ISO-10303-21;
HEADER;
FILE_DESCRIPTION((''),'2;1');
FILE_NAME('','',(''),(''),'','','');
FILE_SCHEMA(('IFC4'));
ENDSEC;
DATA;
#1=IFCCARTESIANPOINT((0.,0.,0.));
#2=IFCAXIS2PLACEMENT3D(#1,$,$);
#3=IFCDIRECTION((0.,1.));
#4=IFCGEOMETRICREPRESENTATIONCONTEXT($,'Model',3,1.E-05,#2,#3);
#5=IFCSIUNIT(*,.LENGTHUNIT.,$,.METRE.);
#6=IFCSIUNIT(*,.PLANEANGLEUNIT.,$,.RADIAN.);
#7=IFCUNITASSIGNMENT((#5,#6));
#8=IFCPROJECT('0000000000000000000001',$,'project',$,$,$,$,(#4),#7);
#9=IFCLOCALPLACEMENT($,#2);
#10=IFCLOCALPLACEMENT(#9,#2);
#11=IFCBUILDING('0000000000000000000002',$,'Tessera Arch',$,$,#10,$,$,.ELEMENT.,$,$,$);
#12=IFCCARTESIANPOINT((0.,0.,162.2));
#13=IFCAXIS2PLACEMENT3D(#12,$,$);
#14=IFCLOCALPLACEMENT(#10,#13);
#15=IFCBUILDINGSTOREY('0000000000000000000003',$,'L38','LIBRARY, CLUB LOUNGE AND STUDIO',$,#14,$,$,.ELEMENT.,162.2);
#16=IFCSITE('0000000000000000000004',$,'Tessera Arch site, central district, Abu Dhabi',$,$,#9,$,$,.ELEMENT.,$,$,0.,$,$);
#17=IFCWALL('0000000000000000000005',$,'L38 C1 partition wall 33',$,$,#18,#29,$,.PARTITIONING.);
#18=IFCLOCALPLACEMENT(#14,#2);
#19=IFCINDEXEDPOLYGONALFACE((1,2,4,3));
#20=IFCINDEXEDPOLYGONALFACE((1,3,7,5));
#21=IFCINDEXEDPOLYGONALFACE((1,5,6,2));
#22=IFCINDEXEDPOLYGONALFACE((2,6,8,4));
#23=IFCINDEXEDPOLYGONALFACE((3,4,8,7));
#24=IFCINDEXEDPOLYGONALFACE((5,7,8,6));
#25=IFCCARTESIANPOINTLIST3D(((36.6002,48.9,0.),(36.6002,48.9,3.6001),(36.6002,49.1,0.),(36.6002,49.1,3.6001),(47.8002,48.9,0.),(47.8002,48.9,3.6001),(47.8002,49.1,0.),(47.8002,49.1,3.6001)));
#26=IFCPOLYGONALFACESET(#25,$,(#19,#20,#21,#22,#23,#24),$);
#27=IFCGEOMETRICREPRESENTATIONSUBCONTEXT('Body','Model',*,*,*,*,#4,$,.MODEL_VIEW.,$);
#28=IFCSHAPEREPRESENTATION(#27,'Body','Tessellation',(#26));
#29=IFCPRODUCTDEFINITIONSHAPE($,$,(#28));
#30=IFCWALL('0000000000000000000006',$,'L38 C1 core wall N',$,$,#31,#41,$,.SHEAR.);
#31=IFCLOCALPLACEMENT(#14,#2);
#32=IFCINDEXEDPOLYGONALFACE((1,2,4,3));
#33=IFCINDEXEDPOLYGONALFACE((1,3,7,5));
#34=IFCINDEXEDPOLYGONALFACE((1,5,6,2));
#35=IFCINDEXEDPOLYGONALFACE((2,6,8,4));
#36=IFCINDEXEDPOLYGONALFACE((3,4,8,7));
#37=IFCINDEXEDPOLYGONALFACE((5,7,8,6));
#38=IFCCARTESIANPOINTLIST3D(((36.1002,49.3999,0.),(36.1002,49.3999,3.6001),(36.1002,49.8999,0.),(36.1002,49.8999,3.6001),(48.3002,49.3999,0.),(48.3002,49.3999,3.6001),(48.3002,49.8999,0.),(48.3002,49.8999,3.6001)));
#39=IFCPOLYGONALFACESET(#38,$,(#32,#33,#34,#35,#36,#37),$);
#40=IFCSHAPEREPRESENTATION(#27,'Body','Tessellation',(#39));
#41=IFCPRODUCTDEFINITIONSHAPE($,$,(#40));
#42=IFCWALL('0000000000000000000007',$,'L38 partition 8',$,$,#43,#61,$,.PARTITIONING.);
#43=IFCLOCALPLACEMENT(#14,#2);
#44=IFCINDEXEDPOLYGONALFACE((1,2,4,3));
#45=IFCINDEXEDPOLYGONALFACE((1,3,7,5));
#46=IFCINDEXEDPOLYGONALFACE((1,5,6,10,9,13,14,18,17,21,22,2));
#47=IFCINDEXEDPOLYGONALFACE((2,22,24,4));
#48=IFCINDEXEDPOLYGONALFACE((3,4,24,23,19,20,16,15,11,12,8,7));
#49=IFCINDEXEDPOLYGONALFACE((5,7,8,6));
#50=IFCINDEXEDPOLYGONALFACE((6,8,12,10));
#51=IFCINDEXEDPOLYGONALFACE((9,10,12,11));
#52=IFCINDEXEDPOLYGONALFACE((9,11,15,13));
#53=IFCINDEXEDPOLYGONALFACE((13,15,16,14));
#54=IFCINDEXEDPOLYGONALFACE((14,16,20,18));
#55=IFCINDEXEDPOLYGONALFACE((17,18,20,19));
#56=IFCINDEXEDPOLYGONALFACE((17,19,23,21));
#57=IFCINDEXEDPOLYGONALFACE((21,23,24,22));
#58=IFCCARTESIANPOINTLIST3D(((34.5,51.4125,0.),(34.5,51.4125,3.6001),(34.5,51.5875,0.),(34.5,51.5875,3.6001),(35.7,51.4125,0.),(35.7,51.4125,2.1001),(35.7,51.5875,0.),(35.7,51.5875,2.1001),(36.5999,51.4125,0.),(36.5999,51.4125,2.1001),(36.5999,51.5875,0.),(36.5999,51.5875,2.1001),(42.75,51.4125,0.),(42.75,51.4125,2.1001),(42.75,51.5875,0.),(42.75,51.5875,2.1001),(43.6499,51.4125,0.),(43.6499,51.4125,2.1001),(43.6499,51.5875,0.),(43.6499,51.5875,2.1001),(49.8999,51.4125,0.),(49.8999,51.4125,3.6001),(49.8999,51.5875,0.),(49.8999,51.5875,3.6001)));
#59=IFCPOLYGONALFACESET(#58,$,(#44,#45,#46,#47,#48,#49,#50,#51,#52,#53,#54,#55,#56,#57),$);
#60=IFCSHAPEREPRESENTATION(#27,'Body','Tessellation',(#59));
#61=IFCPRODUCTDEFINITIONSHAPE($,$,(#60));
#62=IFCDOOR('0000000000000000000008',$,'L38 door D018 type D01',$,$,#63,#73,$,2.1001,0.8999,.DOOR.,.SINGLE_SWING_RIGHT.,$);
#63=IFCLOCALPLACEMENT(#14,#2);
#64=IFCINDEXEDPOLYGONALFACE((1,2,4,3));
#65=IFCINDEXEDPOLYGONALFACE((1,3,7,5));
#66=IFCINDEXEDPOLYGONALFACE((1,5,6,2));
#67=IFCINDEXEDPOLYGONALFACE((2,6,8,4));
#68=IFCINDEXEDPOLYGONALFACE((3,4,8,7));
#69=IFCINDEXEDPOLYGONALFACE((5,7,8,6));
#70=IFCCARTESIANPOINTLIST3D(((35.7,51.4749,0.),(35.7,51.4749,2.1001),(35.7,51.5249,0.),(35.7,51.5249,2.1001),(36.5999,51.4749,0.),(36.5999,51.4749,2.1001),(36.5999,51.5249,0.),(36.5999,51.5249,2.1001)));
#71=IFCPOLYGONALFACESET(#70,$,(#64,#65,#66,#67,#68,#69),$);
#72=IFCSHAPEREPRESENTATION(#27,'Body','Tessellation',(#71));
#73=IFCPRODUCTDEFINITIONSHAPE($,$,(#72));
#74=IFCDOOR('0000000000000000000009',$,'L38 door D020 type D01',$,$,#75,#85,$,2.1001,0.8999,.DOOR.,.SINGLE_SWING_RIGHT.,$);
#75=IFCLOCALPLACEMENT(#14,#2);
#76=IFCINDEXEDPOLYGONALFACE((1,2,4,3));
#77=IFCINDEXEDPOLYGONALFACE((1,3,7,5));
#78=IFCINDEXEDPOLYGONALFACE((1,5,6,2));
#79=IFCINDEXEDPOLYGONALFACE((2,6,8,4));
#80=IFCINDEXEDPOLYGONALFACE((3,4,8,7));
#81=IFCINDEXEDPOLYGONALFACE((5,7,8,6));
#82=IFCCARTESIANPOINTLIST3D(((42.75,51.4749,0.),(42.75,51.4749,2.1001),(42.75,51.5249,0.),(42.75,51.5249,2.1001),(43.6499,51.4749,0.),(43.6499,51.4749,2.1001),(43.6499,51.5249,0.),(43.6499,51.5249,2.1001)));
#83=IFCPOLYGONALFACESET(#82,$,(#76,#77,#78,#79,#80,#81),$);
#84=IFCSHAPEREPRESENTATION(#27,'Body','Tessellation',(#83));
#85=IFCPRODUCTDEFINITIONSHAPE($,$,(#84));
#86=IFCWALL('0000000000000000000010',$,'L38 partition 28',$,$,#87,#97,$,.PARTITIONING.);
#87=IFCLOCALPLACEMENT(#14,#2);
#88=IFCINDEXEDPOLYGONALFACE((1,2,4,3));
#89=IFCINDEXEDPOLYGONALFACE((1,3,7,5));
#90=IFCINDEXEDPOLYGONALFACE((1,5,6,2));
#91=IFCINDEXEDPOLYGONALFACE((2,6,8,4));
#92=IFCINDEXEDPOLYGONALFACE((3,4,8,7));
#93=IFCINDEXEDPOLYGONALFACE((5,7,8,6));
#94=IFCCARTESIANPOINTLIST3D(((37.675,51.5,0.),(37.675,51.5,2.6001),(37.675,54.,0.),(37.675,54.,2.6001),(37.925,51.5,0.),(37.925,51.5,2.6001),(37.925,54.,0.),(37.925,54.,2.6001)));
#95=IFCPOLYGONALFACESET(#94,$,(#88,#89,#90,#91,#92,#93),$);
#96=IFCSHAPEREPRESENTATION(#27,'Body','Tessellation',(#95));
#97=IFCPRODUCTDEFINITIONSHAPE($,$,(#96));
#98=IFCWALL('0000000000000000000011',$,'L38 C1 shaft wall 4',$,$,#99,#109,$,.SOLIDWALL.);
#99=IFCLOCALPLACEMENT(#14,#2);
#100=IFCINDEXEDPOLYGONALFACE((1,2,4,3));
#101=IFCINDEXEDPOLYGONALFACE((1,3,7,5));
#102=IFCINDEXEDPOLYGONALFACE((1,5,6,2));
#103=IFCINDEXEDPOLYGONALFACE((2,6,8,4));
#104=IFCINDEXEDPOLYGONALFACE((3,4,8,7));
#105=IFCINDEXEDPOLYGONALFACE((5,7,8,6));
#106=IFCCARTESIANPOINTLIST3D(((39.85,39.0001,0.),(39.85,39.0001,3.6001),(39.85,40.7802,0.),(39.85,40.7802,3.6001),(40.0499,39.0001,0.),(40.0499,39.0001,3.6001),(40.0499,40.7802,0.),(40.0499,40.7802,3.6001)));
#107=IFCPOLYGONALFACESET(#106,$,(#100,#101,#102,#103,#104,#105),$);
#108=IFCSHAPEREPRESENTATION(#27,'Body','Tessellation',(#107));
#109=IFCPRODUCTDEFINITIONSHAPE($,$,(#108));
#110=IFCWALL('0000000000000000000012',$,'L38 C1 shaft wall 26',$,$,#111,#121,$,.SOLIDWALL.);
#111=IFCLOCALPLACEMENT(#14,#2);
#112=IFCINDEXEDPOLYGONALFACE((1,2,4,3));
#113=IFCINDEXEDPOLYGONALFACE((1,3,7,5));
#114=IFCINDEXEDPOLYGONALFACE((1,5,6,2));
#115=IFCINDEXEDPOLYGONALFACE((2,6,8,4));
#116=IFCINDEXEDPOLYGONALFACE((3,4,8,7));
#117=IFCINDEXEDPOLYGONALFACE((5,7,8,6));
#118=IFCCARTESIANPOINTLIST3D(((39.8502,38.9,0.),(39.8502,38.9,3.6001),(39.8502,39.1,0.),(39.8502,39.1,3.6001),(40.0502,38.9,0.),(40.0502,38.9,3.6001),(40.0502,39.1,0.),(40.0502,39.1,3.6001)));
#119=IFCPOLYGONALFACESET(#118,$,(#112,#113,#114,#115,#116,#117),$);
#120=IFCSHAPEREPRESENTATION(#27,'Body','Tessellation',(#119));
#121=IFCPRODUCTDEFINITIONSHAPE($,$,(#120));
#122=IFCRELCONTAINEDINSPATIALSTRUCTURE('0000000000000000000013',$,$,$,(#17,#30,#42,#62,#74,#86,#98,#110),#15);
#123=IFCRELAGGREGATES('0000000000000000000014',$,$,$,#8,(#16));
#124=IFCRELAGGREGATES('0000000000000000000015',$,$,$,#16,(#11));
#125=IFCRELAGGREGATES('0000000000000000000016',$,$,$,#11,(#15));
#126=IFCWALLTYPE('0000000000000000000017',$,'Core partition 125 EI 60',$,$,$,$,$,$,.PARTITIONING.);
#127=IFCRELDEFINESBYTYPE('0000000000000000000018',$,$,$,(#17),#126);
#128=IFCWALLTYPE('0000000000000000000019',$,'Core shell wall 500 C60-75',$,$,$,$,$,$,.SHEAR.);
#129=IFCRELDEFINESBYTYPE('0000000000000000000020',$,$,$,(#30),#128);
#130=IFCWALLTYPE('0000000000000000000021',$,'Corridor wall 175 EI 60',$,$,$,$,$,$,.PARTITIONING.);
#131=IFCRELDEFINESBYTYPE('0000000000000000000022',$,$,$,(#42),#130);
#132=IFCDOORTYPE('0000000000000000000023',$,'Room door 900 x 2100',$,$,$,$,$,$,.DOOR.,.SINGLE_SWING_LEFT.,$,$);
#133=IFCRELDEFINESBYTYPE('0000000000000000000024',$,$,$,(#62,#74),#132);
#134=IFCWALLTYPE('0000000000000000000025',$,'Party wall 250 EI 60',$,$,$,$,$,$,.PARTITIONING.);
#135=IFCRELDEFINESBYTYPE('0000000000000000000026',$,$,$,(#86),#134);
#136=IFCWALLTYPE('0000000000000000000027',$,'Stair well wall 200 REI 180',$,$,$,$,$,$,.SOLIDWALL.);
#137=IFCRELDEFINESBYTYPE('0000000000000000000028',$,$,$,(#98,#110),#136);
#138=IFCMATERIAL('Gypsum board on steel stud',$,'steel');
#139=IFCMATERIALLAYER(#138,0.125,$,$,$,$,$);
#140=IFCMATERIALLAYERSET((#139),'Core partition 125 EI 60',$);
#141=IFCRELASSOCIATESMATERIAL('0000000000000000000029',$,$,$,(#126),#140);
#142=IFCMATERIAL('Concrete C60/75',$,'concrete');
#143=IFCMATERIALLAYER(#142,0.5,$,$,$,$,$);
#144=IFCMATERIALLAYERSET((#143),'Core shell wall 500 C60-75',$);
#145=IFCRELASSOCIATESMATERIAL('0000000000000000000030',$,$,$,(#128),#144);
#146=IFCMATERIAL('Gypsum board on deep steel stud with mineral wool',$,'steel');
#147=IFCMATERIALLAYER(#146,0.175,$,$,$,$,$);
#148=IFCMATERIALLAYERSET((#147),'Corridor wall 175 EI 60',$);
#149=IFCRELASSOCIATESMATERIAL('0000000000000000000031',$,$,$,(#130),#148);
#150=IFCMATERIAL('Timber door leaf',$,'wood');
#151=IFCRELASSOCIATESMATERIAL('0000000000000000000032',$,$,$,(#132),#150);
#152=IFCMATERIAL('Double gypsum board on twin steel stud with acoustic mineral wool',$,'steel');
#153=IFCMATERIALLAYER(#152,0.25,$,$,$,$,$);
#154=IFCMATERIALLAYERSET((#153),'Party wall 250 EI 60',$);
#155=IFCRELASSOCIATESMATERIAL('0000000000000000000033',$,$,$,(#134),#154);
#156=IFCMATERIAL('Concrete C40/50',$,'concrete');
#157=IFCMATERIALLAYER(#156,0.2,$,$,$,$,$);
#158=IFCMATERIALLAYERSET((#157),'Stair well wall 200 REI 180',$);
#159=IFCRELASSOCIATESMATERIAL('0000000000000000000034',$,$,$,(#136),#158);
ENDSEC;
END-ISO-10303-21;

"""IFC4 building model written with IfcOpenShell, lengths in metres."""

from ifc_helpers import new_model, si_unit, direction, frame, frame_2d, origin, place, context, subcontext, project, spatial, rectangle, extrude, material, layer, layer_set, type_object, element, fill, save


model = new_model("IFC4")

# Units and contexts
model_context = context("Model", 3, precision=1e-05, world=origin(), true_north=direction((0.0, 1.0)))
body_context = subcontext(model_context, "Body", "Model", "MODEL_VIEW")
ifc_project = project(units=[si_unit("LENGTHUNIT", "METRE"), si_unit("PLANEANGLEUNIT", "RADIAN")], contexts=[model_context])

# Site, building, storey
site_placement = place(None, origin())
site = spatial("IfcSite", under=ifc_project, at=site_placement, Name="Tessera Arch site, central district, Abu Dhabi", CompositionType="ELEMENT", RefElevation=0.0)
building_placement = place(site_placement, origin())
building = spatial("IfcBuilding", under=site, at=building_placement, Name="Tessera Arch", CompositionType="ELEMENT")
storey_placement = place(building_placement, frame((0.0, 0.0, 162.2)))
storey = spatial("IfcBuildingStorey", under=building, at=storey_placement, Name="L38", Description="LIBRARY, CLUB LOUNGE AND STUDIO", CompositionType="ELEMENT", Elevation=162.2)

# Shared definitions
ifc_material_1 = material(Name="Gypsum board on steel stud", Category="steel")
ifc_layer_1 = layer(ifc_material_1, 0.125)
ifc_layer_set_1 = layer_set([ifc_layer_1], Name="Core partition 125 EI 60")
wall_type_1 = type_object("IfcWallType", Name="Core partition 125 EI 60", PredefinedType="PARTITIONING", material=ifc_layer_set_1)

# Walls
wall_1_placement = place(storey_placement, frame((36.6001, 49.0, 0.0), z_axis=(0.0, 0.0, 1.0), x_axis=(1.0, 0.0, 0.0)))
element("IfcWall", 1, at=wall_1_placement, inside=storey, type_object=wall_type_1, Name="L38 C1 partition wall 33", PredefinedType="PARTITIONING", context=body_context, shape_type="SweptSolid", body=[
    extrude(rectangle(XDim=11.2, YDim=0.2, at=frame_2d((5.6001, 0.0))), origin(), (0.0, 0.0, 1.0), 3.6001),
])
ifc_material_2 = material(Name="Concrete C60/75", Category="concrete")
ifc_layer_2 = layer(ifc_material_2, 0.5)
ifc_layer_set_2 = layer_set([ifc_layer_2], Name="Core shell wall 500 C60-75")
wall_type_2 = type_object("IfcWallType", Name="Core shell wall 500 C60-75", PredefinedType="SHEAR", material=ifc_layer_set_2)
wall_2_placement = place(storey_placement, frame((36.1001, 49.6499, 0.0), z_axis=(0.0, 0.0, 1.0), x_axis=(1.0, 0.0, 0.0)))
element("IfcWall", 2, at=wall_2_placement, inside=storey, type_object=wall_type_2, Name="L38 C1 core wall N", PredefinedType="SHEAR", context=body_context, shape_type="SweptSolid", body=[
    extrude(rectangle(XDim=12.2, YDim=0.5, at=frame_2d((6.1001, 0.0))), origin(), (0.0, 0.0, 1.0), 3.6001),
])

# Wall, openings, doors
ifc_material_3 = material(Name="Gypsum board on deep steel stud with mineral wool", Category="steel")
ifc_layer_3 = layer(ifc_material_3, 0.175)
ifc_layer_set_3 = layer_set([ifc_layer_3], Name="Corridor wall 175 EI 60")
wall_type_3 = type_object("IfcWallType", Name="Corridor wall 175 EI 60", PredefinedType="PARTITIONING", material=ifc_layer_set_3)
wall_3_placement = place(storey_placement, frame((34.5, 51.5, 0.0), z_axis=(0.0, 0.0, 1.0), x_axis=(1.0, 0.0, 0.0)))
wall_3 = element("IfcWall", 3, at=wall_3_placement, inside=storey, type_object=wall_type_3, Name="L38 partition 8", PredefinedType="PARTITIONING", context=body_context, shape_type="SweptSolid", body=[
    extrude(rectangle(XDim=15.3999, YDim=0.175, at=frame_2d((7.7, 0.0))), origin(), (0.0, 0.0, 1.0), 3.6001),
])
opening_1_placement = place(wall_3_placement, frame((1.2, 0.0, 0.0)))
opening_1 = element("IfcOpeningElement", 4, at=opening_1_placement, cuts=wall_3, PredefinedType="OPENING", context=body_context, shape_type="SweptSolid", body=[
    extrude(rectangle(XDim=0.8999, YDim=2.1001, at=frame_2d((0.45, 1.05))), frame((0.0, 0.0974, 0.0), z_axis=(0.0, -1.0, 0.0), x_axis=(1.0, 0.0, 0.0)), (0.0, 0.0, 1.0), 0.1951),
])
opening_2_placement = place(wall_3_placement, frame((8.25, 0.0, 0.0)))
opening_2 = element("IfcOpeningElement", 5, at=opening_2_placement, cuts=wall_3, PredefinedType="OPENING", context=body_context, shape_type="SweptSolid", body=[
    extrude(rectangle(XDim=0.8999, YDim=2.1001, at=frame_2d((0.45, 1.05))), frame((0.0, 0.0974, 0.0), z_axis=(0.0, -1.0, 0.0), x_axis=(1.0, 0.0, 0.0)), (0.0, 0.0, 1.0), 0.1951),
])
ifc_material_4 = material(Name="Timber door leaf", Category="wood")
door_type_1 = type_object("IfcDoorType", Name="Room door 900 x 2100", OperationType="SINGLE_SWING_LEFT", PredefinedType="DOOR", material=ifc_material_4)
door_1_placement = place(opening_1_placement, origin())
door_1 = element("IfcDoor", 6, at=door_1_placement, inside=storey, type_object=door_type_1, Name="L38 door D018 type D01", OperationType="SINGLE_SWING_RIGHT", OverallHeight=2.1001, OverallWidth=0.8999, PredefinedType="DOOR", context=body_context, shape_type="SweptSolid", body=[
    extrude(rectangle(XDim=0.8999, YDim=2.1001, at=frame_2d((0.45, 1.05))), frame((0.0, 0.0249, 0.0), z_axis=(0.0, -1.0, 0.0), x_axis=(1.0, 0.0, 0.0)), (0.0, 0.0, 1.0), 0.05),
])
fill(opening_1, door_1)
door_2_placement = place(opening_2_placement, origin())
door_2 = element("IfcDoor", 7, at=door_2_placement, inside=storey, type_object=door_type_1, Name="L38 door D020 type D01", OperationType="SINGLE_SWING_RIGHT", OverallHeight=2.1001, OverallWidth=0.8999, PredefinedType="DOOR", context=body_context, shape_type="SweptSolid", body=[
    extrude(rectangle(XDim=0.8999, YDim=2.1001, at=frame_2d((0.45, 1.05))), frame((0.0, 0.0249, 0.0), z_axis=(0.0, -1.0, 0.0), x_axis=(1.0, 0.0, 0.0)), (0.0, 0.0, 1.0), 0.05),
])
fill(opening_2, door_2)

# Walls
ifc_material_5 = material(Name="Double gypsum board on twin steel stud with acoustic mineral wool", Category="steel")
ifc_layer_4 = layer(ifc_material_5, 0.25)
ifc_layer_set_4 = layer_set([ifc_layer_4], Name="Party wall 250 EI 60")
wall_type_4 = type_object("IfcWallType", Name="Party wall 250 EI 60", PredefinedType="PARTITIONING", material=ifc_layer_set_4)
wall_4_placement = place(storey_placement, frame((37.8, 51.5, 0.0), z_axis=(0.0, 0.0, 1.0), x_axis=(0.0, 1.0, 0.0)))
element("IfcWall", 8, at=wall_4_placement, inside=storey, type_object=wall_type_4, Name="L38 partition 28", PredefinedType="PARTITIONING", context=body_context, shape_type="SweptSolid", body=[
    extrude(rectangle(XDim=2.5, YDim=0.25, at=frame_2d((1.25, 0.0))), origin(), (0.0, 0.0, 1.0), 2.6001),
])
ifc_material_6 = material(Name="Concrete C40/50", Category="concrete")
ifc_layer_5 = layer(ifc_material_6, 0.2)
ifc_layer_set_5 = layer_set([ifc_layer_5], Name="Stair well wall 200 REI 180")
wall_type_5 = type_object("IfcWallType", Name="Stair well wall 200 REI 180", PredefinedType="SOLIDWALL", material=ifc_layer_set_5)
wall_5_placement = place(storey_placement, frame((39.95, 39.0, 0.0), z_axis=(0.0, 0.0, 1.0), x_axis=(0.0, 1.0, 0.0)))
element("IfcWall", 9, at=wall_5_placement, inside=storey, type_object=wall_type_5, Name="L38 C1 shaft wall 4", PredefinedType="SOLIDWALL", context=body_context, shape_type="SweptSolid", body=[
    extrude(rectangle(XDim=1.78, YDim=0.2, at=frame_2d((0.8901, 0.0))), origin(), (0.0, 0.0, 1.0), 3.6001),
])
wall_6_placement = place(storey_placement, frame((39.8501, 39.0, 0.0), z_axis=(0.0, 0.0, 1.0), x_axis=(1.0, 0.0, 0.0)))
element("IfcWall", 10, at=wall_6_placement, inside=storey, type_object=wall_type_5, Name="L38 C1 shaft wall 26", PredefinedType="SOLIDWALL", context=body_context, shape_type="SweptSolid", body=[
    extrude(rectangle(XDim=0.2, YDim=0.2, at=frame_2d((0.1001, 0.0))), origin(), (0.0, 0.0, 1.0), 3.6001),
])

save(model, "model.ifc")
